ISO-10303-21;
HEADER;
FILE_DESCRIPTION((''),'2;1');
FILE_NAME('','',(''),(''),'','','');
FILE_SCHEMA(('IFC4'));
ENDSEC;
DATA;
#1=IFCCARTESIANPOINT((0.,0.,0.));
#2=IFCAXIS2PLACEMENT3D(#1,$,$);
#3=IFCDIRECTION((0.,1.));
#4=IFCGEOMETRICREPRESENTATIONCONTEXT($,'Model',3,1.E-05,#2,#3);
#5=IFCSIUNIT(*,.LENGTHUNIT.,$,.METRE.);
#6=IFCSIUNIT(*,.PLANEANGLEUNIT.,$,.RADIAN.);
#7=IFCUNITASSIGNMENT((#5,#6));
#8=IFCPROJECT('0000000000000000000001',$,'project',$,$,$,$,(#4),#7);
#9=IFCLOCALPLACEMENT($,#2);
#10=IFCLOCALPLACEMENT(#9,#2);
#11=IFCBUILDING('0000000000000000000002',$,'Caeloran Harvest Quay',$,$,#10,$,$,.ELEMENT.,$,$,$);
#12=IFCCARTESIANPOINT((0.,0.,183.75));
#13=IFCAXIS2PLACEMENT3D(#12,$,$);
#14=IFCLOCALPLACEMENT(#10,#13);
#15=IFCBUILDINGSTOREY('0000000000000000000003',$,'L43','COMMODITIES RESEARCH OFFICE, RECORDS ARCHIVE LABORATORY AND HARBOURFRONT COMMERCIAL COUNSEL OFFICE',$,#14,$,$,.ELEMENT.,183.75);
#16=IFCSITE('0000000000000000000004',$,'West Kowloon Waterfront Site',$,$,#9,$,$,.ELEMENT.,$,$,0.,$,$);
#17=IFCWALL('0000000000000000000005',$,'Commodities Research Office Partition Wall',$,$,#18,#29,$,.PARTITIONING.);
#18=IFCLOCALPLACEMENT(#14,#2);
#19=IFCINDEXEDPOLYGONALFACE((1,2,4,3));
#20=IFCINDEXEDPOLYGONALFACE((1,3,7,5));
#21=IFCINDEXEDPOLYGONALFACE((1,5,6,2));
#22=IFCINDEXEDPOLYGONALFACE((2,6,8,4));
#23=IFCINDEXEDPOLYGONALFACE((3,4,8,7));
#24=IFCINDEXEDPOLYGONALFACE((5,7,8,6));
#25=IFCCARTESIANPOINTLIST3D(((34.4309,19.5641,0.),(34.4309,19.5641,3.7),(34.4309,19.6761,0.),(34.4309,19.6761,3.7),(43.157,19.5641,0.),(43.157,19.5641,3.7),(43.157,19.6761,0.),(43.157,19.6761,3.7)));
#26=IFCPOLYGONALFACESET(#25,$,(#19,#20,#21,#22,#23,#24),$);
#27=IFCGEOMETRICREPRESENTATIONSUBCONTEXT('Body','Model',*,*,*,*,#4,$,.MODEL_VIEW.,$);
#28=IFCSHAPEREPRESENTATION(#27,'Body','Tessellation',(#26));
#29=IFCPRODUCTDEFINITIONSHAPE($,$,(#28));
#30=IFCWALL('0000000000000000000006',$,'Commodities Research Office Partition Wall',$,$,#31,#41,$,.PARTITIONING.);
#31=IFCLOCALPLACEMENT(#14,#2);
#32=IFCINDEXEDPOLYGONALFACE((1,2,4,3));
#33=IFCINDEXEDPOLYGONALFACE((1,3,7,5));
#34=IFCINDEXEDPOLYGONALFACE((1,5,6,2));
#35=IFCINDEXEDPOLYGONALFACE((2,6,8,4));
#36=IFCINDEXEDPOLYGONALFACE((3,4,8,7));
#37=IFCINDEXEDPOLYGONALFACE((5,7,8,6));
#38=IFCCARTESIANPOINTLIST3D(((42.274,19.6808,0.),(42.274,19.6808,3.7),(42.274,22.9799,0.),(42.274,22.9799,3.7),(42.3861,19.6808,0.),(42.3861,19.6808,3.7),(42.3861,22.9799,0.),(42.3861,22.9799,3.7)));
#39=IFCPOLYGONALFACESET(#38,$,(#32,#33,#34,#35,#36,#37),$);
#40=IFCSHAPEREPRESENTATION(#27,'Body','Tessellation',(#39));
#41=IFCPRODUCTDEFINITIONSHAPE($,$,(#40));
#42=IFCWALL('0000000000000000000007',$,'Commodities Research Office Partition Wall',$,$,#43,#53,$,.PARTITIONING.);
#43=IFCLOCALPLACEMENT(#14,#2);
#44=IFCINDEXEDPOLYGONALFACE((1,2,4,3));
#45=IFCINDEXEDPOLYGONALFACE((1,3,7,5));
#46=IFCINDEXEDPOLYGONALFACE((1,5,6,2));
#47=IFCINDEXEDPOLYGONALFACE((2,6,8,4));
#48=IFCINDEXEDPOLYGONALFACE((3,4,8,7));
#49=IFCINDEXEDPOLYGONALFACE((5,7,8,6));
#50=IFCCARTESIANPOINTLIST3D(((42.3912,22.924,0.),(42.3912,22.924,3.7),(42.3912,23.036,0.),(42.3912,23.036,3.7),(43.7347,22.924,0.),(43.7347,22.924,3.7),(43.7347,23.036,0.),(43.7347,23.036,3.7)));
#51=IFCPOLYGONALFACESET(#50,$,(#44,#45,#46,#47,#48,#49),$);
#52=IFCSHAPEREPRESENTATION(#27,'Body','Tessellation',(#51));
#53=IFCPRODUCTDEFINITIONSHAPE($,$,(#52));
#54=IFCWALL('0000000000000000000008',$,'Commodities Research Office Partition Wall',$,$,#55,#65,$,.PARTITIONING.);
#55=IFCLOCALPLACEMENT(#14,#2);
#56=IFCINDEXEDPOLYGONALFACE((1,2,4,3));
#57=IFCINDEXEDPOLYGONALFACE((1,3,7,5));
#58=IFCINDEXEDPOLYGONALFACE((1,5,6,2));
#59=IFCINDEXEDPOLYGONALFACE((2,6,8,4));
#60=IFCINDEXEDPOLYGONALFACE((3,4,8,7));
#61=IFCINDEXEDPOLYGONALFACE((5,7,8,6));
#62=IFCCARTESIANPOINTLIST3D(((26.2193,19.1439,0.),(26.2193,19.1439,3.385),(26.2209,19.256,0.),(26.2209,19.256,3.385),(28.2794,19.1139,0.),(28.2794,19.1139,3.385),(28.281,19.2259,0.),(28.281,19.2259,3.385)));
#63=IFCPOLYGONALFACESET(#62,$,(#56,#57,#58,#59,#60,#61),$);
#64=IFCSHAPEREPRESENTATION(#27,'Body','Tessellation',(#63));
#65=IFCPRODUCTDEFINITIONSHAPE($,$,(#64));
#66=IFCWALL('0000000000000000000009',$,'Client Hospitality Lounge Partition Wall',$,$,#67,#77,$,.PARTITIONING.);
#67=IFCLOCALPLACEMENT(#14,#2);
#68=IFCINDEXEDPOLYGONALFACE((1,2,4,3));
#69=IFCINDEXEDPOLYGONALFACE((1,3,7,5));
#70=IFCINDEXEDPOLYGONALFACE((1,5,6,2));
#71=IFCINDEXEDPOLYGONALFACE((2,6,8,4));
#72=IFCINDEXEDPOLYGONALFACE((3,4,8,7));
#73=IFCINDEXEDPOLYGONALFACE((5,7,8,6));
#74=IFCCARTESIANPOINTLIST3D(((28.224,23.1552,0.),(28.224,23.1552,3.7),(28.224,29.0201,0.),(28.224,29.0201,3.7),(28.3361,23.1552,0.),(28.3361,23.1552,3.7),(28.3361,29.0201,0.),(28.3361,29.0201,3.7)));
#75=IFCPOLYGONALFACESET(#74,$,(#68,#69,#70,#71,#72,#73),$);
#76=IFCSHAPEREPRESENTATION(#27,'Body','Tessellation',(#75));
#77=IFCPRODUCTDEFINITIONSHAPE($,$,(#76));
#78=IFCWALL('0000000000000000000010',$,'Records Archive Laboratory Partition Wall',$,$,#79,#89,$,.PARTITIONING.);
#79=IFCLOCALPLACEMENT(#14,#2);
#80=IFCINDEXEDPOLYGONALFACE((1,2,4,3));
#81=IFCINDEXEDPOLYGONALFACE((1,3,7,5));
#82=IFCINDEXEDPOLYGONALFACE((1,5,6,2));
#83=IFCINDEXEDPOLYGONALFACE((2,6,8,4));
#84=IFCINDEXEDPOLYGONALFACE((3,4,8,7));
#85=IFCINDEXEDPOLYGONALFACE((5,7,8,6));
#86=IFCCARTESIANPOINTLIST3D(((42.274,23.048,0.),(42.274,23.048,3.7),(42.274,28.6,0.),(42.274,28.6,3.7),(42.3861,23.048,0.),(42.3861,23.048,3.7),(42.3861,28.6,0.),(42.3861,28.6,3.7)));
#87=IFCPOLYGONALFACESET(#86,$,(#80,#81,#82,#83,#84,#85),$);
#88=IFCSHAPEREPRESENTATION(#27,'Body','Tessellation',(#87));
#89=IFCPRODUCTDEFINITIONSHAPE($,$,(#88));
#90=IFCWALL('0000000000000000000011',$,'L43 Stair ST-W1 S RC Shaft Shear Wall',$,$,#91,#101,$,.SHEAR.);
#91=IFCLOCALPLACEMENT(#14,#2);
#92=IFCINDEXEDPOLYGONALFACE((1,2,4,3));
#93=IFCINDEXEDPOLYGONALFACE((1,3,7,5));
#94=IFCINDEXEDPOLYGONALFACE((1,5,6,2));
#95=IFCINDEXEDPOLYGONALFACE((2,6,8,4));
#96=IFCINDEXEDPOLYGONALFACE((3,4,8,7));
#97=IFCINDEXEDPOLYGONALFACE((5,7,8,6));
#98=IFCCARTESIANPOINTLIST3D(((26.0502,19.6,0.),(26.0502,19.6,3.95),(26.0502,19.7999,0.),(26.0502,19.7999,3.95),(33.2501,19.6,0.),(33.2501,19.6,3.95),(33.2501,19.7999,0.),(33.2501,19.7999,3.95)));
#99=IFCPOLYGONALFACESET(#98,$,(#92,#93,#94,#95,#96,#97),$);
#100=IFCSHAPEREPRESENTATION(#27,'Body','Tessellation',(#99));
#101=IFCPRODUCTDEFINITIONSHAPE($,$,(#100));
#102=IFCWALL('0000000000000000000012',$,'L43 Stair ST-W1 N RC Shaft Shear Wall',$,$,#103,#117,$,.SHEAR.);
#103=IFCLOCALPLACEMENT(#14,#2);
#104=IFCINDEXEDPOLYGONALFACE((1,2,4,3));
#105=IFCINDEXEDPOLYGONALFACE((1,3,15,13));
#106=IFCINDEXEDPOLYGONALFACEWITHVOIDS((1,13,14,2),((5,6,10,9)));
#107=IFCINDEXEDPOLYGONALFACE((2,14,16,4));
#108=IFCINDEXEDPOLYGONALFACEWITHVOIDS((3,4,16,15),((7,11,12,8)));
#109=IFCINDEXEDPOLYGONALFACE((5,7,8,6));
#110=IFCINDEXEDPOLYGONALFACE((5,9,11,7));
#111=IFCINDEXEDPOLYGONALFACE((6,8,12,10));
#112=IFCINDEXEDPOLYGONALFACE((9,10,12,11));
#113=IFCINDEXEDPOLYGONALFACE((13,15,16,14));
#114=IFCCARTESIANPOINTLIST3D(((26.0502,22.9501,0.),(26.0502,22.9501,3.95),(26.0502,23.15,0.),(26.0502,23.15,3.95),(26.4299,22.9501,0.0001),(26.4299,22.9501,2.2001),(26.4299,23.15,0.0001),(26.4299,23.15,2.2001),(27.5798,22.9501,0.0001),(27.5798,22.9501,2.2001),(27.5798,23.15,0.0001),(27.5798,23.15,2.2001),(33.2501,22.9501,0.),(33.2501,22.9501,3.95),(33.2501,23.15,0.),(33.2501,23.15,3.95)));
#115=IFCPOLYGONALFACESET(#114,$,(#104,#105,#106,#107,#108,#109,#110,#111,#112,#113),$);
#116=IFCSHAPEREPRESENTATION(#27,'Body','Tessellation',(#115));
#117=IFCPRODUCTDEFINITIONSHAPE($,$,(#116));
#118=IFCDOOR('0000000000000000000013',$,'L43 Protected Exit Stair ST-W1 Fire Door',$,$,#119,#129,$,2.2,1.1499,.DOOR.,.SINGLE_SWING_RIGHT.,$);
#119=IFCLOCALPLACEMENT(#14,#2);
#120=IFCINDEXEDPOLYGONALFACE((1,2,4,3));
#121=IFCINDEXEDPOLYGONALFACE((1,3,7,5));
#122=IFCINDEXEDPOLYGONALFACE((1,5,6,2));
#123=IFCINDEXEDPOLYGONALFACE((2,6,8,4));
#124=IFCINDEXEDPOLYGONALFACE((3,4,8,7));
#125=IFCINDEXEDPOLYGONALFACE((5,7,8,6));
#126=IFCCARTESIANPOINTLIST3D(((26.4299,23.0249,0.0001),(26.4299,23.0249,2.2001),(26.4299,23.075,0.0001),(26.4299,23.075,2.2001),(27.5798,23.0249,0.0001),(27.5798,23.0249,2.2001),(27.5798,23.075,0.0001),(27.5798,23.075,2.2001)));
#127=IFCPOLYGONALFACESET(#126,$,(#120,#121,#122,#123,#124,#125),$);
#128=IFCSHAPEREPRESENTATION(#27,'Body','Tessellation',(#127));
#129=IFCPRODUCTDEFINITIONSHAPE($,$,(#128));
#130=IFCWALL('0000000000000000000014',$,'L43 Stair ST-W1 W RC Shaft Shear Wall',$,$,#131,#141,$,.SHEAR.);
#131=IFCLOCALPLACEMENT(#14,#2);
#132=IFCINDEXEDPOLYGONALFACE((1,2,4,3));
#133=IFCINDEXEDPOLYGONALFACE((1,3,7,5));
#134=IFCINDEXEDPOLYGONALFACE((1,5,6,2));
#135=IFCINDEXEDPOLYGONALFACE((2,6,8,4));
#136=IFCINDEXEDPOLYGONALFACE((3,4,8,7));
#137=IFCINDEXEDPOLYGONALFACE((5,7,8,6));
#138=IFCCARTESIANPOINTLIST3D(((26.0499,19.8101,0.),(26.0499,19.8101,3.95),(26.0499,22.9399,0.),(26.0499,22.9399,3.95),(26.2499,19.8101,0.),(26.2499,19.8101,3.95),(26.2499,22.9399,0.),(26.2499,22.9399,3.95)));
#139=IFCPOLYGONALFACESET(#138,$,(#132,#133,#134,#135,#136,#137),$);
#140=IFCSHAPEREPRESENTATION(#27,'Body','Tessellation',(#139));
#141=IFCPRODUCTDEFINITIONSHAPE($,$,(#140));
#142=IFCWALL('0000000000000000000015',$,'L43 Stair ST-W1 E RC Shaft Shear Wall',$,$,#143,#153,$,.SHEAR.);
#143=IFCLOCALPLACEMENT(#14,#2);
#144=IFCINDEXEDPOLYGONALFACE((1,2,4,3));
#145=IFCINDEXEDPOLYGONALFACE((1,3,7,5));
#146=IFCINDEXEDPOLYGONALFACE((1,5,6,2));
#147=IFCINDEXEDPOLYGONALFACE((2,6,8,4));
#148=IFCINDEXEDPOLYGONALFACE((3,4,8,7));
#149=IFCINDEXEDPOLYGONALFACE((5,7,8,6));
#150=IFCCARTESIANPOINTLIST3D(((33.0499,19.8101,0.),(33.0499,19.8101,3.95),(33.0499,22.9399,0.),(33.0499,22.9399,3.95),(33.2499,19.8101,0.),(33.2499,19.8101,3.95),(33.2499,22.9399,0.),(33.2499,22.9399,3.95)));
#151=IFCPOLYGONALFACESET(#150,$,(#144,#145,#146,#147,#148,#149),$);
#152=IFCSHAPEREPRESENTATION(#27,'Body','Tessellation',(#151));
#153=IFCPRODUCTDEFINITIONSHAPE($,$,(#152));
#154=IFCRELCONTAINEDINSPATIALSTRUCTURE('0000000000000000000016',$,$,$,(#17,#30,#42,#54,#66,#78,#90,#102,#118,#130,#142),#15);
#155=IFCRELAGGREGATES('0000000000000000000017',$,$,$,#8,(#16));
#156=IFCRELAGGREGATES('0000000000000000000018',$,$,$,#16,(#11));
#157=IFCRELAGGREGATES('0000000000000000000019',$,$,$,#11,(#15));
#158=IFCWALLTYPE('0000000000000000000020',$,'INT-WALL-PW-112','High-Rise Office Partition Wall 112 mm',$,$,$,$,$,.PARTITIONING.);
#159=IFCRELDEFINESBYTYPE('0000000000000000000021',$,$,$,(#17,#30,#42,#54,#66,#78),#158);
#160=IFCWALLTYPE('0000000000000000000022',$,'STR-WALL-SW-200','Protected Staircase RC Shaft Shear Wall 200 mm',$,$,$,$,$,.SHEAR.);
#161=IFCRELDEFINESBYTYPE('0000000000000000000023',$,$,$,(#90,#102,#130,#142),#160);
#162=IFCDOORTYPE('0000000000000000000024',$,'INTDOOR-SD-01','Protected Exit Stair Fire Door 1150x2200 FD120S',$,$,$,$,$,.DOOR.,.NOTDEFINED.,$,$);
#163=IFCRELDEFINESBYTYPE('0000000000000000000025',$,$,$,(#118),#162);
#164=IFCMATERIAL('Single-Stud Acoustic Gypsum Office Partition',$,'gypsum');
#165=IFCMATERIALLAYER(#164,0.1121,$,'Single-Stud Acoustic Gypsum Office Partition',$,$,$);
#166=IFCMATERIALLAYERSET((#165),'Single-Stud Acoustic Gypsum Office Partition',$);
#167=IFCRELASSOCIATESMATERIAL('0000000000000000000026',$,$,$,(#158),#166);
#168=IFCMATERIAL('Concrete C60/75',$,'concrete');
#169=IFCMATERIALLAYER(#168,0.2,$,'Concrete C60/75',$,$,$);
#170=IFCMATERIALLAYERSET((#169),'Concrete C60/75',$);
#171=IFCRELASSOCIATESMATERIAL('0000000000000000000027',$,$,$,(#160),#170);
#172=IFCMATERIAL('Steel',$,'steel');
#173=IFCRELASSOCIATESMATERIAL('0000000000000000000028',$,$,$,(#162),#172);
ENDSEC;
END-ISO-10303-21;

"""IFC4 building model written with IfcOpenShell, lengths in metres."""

from ifc_helpers import new_model, si_unit, direction, frame, frame_2d, origin, place, context, subcontext, project, spatial, rectangle, extrude, material, layer, layer_set, type_object, element, fill, save


model = new_model("IFC4")

# Units and contexts
model_context = context("Model", 3, precision=1e-05, world=origin(), true_north=direction((0.0, 1.0)))
body_context = subcontext(model_context, "Body", "Model", "MODEL_VIEW")
ifc_project = project(units=[si_unit("LENGTHUNIT", "METRE"), si_unit("PLANEANGLEUNIT", "RADIAN")], contexts=[model_context])

# Site, building, storey
site_placement = place(None, origin())
site = spatial("IfcSite", under=ifc_project, at=site_placement, Name="West Kowloon Waterfront Site", CompositionType="ELEMENT", RefElevation=0.0)
building_placement = place(site_placement, origin())
building = spatial("IfcBuilding", under=site, at=building_placement, Name="Caeloran Harvest Quay", CompositionType="ELEMENT")
storey_placement = place(building_placement, frame((0.0, 0.0, 183.75)))
storey = spatial("IfcBuildingStorey", under=building, at=storey_placement, Name="L43", Description="COMMODITIES RESEARCH OFFICE, RECORDS ARCHIVE LABORATORY AND HARBOURFRONT COMMERCIAL COUNSEL OFFICE", CompositionType="ELEMENT", Elevation=183.75)

# Walls
ifc_material_1 = material(Name="Single-Stud Acoustic Gypsum Office Partition", Category="gypsum")
ifc_layer_1 = layer(ifc_material_1, 0.1121, Name="Single-Stud Acoustic Gypsum Office Partition")
ifc_layer_set_1 = layer_set([ifc_layer_1], Name="Single-Stud Acoustic Gypsum Office Partition")
wall_type_1 = type_object("IfcWallType", Name="INT-WALL-PW-112", Description="High-Rise Office Partition Wall 112 mm", PredefinedType="PARTITIONING", material=ifc_layer_set_1)
wall_1_placement = place(storey_placement, frame((34.4309, 19.6201, 0.0), z_axis=(0.0, 0.0, 1.0), x_axis=(1.0, 0.0, 0.0)))
element("IfcWall", 1, at=wall_1_placement, inside=storey, type_object=wall_type_1, Name="Commodities Research Office Partition Wall", PredefinedType="PARTITIONING", context=body_context, shape_type="SweptSolid", body=[
    extrude(rectangle(XDim=8.7261, YDim=0.1121, at=frame_2d((4.363, 0.0))), origin(), (0.0, 0.0, 1.0), 3.7),
])
wall_2_placement = place(storey_placement, frame((42.3301, 19.6809, 0.0), z_axis=(0.0, 0.0, 1.0), x_axis=(0.0, 1.0, 0.0)))
element("IfcWall", 2, at=wall_2_placement, inside=storey, type_object=wall_type_1, Name="Commodities Research Office Partition Wall", PredefinedType="PARTITIONING", context=body_context, shape_type="SweptSolid", body=[
    extrude(rectangle(XDim=3.2991, YDim=0.1121, at=frame_2d((1.6494, 0.0))), origin(), (0.0, 0.0, 1.0), 3.7),
])
wall_3_placement = place(storey_placement, frame((42.3911, 22.98, 0.0), z_axis=(0.0, 0.0, 1.0), x_axis=(1.0, 0.0, 0.0)))
element("IfcWall", 3, at=wall_3_placement, inside=storey, type_object=wall_type_1, Name="Commodities Research Office Partition Wall", PredefinedType="PARTITIONING", context=body_context, shape_type="SweptSolid", body=[
    extrude(rectangle(XDim=1.3435, YDim=0.1121, at=frame_2d((0.6719, 0.0))), origin(), (0.0, 0.0, 1.0), 3.7),
])
wall_4_placement = place(storey_placement, frame((26.22, 19.2, 0.0), z_axis=(0.0, 0.0, 1.0), x_axis=(0.999894, -0.014575, 0.0)))
element("IfcWall", 4, at=wall_4_placement, inside=storey, type_object=wall_type_1, Name="Commodities Research Office Partition Wall", PredefinedType="PARTITIONING", context=body_context, shape_type="SweptSolid", body=[
    extrude(rectangle(XDim=2.0603, YDim=0.1121, at=frame_2d((1.0303, 0.0))), origin(), (0.0, 0.0, 1.0), 3.385),
])
wall_5_placement = place(storey_placement, frame((28.28, 23.155, 0.0), z_axis=(0.0, 0.0, 1.0), x_axis=(0.0, 1.0, 0.0)))
element("IfcWall", 5, at=wall_5_placement, inside=storey, type_object=wall_type_1, Name="Client Hospitality Lounge Partition Wall", PredefinedType="PARTITIONING", context=body_context, shape_type="SweptSolid", body=[
    extrude(rectangle(XDim=5.865, YDim=0.1121, at=frame_2d((2.9326, 0.0))), origin(), (0.0, 0.0, 1.0), 3.7),
])
wall_6_placement = place(storey_placement, frame((42.3301, 23.0481, 0.0), z_axis=(0.0, 0.0, 1.0), x_axis=(0.0, 1.0, 0.0)))
element("IfcWall", 6, at=wall_6_placement, inside=storey, type_object=wall_type_1, Name="Records Archive Laboratory Partition Wall", PredefinedType="PARTITIONING", context=body_context, shape_type="SweptSolid", body=[
    extrude(rectangle(XDim=5.552, YDim=0.1121, at=frame_2d((2.7759, 0.0))), origin(), (0.0, 0.0, 1.0), 3.7),
])
ifc_material_2 = material(Name="Concrete C60/75", Category="concrete")
ifc_layer_2 = layer(ifc_material_2, 0.2, Name="Concrete C60/75")
ifc_layer_set_2 = layer_set([ifc_layer_2], Name="Concrete C60/75")
wall_type_2 = type_object("IfcWallType", Name="STR-WALL-SW-200", Description="Protected Staircase RC Shaft Shear Wall 200 mm", PredefinedType="SHEAR", material=ifc_layer_set_2)
wall_7_placement = place(storey_placement, frame((26.05, 19.7, 0.0), z_axis=(0.0, 0.0, 1.0), x_axis=(1.0, 0.0, 0.0)))
element("IfcWall", 7, at=wall_7_placement, inside=storey, type_object=wall_type_2, Name="L43 Stair ST-W1 S RC Shaft Shear Wall", PredefinedType="SHEAR", context=body_context, shape_type="SweptSolid", body=[
    extrude(rectangle(XDim=7.2, YDim=0.2, at=frame_2d((3.6001, 0.0))), origin(), (0.0, 0.0, 1.0), 3.95),
])

# Wall, opening, door
wall_8_placement = place(storey_placement, frame((26.05, 23.05, 0.0), z_axis=(0.0, 0.0, 1.0), x_axis=(1.0, 0.0, 0.0)))
wall_8 = element("IfcWall", 8, at=wall_8_placement, inside=storey, type_object=wall_type_2, Name="L43 Stair ST-W1 N RC Shaft Shear Wall", PredefinedType="SHEAR", context=body_context, shape_type="SweptSolid", body=[
    extrude(rectangle(XDim=7.2, YDim=0.2, at=frame_2d((3.6001, 0.0))), origin(), (0.0, 0.0, 1.0), 3.95),
])
opening_placement = place(wall_8_placement, frame((0.3799, 0.0, 0.0)))
opening = element("IfcOpeningElement", 9, at=opening_placement, cuts=wall_8, PredefinedType="OPENING", context=body_context, shape_type="SweptSolid", body=[
    extrude(rectangle(XDim=1.1499, YDim=2.2, at=frame_2d((0.575, 1.1001))), frame((0.0, 0.1099, 0.0), z_axis=(0.0, -1.0, 0.0), x_axis=(1.0, 0.0, 0.0)), (0.0, 0.0, 1.0), 0.22),
])
ifc_material_3 = material(Name="Steel", Category="steel")
door_type = type_object("IfcDoorType", Name="INTDOOR-SD-01", Description="Protected Exit Stair Fire Door 1150x2200 FD120S", OperationType="NOTDEFINED", PredefinedType="DOOR", material=ifc_material_3)
door_placement = place(opening_placement, origin())
door = element("IfcDoor", 10, at=door_placement, inside=storey, type_object=door_type, Name="L43 Protected Exit Stair ST-W1 Fire Door", OperationType="SINGLE_SWING_RIGHT", OverallHeight=2.2, OverallWidth=1.1499, PredefinedType="DOOR", context=body_context, shape_type="SweptSolid", body=[
    extrude(rectangle(XDim=1.1499, YDim=2.2, at=frame_2d((0.575, 1.1001))), frame((0.0, 0.0249, 0.0), z_axis=(0.0, -1.0, 0.0), x_axis=(1.0, 0.0, 0.0)), (0.0, 0.0, 1.0), 0.05),
])
fill(opening, door)

# Walls
for number, where, z_axis, x_axis, name in (
    (11, (26.1499, 19.8101, 0.0), (0.0, 0.0, 1.0), (0.0, 1.0, 0.0), "L43 Stair ST-W1 W RC Shaft Shear Wall"),
    (12, (33.1499, 19.8101, 0.0), (0.0, 0.0, 1.0), (0.0, 1.0, 0.0), "L43 Stair ST-W1 E RC Shaft Shear Wall"),
):
    element("IfcWall", number, at=place(storey_placement, frame(where, z_axis=z_axis, x_axis=x_axis)), inside=storey, type_object=wall_type_2, Name=name, PredefinedType="SHEAR", context=body_context, shape_type="SweptSolid", body=[
        extrude(rectangle(XDim=3.1299, YDim=0.2, at=frame_2d((1.5649, 0.0))), origin(), (0.0, 0.0, 1.0), 3.95),
    ])

save(model, "model.ifc")
